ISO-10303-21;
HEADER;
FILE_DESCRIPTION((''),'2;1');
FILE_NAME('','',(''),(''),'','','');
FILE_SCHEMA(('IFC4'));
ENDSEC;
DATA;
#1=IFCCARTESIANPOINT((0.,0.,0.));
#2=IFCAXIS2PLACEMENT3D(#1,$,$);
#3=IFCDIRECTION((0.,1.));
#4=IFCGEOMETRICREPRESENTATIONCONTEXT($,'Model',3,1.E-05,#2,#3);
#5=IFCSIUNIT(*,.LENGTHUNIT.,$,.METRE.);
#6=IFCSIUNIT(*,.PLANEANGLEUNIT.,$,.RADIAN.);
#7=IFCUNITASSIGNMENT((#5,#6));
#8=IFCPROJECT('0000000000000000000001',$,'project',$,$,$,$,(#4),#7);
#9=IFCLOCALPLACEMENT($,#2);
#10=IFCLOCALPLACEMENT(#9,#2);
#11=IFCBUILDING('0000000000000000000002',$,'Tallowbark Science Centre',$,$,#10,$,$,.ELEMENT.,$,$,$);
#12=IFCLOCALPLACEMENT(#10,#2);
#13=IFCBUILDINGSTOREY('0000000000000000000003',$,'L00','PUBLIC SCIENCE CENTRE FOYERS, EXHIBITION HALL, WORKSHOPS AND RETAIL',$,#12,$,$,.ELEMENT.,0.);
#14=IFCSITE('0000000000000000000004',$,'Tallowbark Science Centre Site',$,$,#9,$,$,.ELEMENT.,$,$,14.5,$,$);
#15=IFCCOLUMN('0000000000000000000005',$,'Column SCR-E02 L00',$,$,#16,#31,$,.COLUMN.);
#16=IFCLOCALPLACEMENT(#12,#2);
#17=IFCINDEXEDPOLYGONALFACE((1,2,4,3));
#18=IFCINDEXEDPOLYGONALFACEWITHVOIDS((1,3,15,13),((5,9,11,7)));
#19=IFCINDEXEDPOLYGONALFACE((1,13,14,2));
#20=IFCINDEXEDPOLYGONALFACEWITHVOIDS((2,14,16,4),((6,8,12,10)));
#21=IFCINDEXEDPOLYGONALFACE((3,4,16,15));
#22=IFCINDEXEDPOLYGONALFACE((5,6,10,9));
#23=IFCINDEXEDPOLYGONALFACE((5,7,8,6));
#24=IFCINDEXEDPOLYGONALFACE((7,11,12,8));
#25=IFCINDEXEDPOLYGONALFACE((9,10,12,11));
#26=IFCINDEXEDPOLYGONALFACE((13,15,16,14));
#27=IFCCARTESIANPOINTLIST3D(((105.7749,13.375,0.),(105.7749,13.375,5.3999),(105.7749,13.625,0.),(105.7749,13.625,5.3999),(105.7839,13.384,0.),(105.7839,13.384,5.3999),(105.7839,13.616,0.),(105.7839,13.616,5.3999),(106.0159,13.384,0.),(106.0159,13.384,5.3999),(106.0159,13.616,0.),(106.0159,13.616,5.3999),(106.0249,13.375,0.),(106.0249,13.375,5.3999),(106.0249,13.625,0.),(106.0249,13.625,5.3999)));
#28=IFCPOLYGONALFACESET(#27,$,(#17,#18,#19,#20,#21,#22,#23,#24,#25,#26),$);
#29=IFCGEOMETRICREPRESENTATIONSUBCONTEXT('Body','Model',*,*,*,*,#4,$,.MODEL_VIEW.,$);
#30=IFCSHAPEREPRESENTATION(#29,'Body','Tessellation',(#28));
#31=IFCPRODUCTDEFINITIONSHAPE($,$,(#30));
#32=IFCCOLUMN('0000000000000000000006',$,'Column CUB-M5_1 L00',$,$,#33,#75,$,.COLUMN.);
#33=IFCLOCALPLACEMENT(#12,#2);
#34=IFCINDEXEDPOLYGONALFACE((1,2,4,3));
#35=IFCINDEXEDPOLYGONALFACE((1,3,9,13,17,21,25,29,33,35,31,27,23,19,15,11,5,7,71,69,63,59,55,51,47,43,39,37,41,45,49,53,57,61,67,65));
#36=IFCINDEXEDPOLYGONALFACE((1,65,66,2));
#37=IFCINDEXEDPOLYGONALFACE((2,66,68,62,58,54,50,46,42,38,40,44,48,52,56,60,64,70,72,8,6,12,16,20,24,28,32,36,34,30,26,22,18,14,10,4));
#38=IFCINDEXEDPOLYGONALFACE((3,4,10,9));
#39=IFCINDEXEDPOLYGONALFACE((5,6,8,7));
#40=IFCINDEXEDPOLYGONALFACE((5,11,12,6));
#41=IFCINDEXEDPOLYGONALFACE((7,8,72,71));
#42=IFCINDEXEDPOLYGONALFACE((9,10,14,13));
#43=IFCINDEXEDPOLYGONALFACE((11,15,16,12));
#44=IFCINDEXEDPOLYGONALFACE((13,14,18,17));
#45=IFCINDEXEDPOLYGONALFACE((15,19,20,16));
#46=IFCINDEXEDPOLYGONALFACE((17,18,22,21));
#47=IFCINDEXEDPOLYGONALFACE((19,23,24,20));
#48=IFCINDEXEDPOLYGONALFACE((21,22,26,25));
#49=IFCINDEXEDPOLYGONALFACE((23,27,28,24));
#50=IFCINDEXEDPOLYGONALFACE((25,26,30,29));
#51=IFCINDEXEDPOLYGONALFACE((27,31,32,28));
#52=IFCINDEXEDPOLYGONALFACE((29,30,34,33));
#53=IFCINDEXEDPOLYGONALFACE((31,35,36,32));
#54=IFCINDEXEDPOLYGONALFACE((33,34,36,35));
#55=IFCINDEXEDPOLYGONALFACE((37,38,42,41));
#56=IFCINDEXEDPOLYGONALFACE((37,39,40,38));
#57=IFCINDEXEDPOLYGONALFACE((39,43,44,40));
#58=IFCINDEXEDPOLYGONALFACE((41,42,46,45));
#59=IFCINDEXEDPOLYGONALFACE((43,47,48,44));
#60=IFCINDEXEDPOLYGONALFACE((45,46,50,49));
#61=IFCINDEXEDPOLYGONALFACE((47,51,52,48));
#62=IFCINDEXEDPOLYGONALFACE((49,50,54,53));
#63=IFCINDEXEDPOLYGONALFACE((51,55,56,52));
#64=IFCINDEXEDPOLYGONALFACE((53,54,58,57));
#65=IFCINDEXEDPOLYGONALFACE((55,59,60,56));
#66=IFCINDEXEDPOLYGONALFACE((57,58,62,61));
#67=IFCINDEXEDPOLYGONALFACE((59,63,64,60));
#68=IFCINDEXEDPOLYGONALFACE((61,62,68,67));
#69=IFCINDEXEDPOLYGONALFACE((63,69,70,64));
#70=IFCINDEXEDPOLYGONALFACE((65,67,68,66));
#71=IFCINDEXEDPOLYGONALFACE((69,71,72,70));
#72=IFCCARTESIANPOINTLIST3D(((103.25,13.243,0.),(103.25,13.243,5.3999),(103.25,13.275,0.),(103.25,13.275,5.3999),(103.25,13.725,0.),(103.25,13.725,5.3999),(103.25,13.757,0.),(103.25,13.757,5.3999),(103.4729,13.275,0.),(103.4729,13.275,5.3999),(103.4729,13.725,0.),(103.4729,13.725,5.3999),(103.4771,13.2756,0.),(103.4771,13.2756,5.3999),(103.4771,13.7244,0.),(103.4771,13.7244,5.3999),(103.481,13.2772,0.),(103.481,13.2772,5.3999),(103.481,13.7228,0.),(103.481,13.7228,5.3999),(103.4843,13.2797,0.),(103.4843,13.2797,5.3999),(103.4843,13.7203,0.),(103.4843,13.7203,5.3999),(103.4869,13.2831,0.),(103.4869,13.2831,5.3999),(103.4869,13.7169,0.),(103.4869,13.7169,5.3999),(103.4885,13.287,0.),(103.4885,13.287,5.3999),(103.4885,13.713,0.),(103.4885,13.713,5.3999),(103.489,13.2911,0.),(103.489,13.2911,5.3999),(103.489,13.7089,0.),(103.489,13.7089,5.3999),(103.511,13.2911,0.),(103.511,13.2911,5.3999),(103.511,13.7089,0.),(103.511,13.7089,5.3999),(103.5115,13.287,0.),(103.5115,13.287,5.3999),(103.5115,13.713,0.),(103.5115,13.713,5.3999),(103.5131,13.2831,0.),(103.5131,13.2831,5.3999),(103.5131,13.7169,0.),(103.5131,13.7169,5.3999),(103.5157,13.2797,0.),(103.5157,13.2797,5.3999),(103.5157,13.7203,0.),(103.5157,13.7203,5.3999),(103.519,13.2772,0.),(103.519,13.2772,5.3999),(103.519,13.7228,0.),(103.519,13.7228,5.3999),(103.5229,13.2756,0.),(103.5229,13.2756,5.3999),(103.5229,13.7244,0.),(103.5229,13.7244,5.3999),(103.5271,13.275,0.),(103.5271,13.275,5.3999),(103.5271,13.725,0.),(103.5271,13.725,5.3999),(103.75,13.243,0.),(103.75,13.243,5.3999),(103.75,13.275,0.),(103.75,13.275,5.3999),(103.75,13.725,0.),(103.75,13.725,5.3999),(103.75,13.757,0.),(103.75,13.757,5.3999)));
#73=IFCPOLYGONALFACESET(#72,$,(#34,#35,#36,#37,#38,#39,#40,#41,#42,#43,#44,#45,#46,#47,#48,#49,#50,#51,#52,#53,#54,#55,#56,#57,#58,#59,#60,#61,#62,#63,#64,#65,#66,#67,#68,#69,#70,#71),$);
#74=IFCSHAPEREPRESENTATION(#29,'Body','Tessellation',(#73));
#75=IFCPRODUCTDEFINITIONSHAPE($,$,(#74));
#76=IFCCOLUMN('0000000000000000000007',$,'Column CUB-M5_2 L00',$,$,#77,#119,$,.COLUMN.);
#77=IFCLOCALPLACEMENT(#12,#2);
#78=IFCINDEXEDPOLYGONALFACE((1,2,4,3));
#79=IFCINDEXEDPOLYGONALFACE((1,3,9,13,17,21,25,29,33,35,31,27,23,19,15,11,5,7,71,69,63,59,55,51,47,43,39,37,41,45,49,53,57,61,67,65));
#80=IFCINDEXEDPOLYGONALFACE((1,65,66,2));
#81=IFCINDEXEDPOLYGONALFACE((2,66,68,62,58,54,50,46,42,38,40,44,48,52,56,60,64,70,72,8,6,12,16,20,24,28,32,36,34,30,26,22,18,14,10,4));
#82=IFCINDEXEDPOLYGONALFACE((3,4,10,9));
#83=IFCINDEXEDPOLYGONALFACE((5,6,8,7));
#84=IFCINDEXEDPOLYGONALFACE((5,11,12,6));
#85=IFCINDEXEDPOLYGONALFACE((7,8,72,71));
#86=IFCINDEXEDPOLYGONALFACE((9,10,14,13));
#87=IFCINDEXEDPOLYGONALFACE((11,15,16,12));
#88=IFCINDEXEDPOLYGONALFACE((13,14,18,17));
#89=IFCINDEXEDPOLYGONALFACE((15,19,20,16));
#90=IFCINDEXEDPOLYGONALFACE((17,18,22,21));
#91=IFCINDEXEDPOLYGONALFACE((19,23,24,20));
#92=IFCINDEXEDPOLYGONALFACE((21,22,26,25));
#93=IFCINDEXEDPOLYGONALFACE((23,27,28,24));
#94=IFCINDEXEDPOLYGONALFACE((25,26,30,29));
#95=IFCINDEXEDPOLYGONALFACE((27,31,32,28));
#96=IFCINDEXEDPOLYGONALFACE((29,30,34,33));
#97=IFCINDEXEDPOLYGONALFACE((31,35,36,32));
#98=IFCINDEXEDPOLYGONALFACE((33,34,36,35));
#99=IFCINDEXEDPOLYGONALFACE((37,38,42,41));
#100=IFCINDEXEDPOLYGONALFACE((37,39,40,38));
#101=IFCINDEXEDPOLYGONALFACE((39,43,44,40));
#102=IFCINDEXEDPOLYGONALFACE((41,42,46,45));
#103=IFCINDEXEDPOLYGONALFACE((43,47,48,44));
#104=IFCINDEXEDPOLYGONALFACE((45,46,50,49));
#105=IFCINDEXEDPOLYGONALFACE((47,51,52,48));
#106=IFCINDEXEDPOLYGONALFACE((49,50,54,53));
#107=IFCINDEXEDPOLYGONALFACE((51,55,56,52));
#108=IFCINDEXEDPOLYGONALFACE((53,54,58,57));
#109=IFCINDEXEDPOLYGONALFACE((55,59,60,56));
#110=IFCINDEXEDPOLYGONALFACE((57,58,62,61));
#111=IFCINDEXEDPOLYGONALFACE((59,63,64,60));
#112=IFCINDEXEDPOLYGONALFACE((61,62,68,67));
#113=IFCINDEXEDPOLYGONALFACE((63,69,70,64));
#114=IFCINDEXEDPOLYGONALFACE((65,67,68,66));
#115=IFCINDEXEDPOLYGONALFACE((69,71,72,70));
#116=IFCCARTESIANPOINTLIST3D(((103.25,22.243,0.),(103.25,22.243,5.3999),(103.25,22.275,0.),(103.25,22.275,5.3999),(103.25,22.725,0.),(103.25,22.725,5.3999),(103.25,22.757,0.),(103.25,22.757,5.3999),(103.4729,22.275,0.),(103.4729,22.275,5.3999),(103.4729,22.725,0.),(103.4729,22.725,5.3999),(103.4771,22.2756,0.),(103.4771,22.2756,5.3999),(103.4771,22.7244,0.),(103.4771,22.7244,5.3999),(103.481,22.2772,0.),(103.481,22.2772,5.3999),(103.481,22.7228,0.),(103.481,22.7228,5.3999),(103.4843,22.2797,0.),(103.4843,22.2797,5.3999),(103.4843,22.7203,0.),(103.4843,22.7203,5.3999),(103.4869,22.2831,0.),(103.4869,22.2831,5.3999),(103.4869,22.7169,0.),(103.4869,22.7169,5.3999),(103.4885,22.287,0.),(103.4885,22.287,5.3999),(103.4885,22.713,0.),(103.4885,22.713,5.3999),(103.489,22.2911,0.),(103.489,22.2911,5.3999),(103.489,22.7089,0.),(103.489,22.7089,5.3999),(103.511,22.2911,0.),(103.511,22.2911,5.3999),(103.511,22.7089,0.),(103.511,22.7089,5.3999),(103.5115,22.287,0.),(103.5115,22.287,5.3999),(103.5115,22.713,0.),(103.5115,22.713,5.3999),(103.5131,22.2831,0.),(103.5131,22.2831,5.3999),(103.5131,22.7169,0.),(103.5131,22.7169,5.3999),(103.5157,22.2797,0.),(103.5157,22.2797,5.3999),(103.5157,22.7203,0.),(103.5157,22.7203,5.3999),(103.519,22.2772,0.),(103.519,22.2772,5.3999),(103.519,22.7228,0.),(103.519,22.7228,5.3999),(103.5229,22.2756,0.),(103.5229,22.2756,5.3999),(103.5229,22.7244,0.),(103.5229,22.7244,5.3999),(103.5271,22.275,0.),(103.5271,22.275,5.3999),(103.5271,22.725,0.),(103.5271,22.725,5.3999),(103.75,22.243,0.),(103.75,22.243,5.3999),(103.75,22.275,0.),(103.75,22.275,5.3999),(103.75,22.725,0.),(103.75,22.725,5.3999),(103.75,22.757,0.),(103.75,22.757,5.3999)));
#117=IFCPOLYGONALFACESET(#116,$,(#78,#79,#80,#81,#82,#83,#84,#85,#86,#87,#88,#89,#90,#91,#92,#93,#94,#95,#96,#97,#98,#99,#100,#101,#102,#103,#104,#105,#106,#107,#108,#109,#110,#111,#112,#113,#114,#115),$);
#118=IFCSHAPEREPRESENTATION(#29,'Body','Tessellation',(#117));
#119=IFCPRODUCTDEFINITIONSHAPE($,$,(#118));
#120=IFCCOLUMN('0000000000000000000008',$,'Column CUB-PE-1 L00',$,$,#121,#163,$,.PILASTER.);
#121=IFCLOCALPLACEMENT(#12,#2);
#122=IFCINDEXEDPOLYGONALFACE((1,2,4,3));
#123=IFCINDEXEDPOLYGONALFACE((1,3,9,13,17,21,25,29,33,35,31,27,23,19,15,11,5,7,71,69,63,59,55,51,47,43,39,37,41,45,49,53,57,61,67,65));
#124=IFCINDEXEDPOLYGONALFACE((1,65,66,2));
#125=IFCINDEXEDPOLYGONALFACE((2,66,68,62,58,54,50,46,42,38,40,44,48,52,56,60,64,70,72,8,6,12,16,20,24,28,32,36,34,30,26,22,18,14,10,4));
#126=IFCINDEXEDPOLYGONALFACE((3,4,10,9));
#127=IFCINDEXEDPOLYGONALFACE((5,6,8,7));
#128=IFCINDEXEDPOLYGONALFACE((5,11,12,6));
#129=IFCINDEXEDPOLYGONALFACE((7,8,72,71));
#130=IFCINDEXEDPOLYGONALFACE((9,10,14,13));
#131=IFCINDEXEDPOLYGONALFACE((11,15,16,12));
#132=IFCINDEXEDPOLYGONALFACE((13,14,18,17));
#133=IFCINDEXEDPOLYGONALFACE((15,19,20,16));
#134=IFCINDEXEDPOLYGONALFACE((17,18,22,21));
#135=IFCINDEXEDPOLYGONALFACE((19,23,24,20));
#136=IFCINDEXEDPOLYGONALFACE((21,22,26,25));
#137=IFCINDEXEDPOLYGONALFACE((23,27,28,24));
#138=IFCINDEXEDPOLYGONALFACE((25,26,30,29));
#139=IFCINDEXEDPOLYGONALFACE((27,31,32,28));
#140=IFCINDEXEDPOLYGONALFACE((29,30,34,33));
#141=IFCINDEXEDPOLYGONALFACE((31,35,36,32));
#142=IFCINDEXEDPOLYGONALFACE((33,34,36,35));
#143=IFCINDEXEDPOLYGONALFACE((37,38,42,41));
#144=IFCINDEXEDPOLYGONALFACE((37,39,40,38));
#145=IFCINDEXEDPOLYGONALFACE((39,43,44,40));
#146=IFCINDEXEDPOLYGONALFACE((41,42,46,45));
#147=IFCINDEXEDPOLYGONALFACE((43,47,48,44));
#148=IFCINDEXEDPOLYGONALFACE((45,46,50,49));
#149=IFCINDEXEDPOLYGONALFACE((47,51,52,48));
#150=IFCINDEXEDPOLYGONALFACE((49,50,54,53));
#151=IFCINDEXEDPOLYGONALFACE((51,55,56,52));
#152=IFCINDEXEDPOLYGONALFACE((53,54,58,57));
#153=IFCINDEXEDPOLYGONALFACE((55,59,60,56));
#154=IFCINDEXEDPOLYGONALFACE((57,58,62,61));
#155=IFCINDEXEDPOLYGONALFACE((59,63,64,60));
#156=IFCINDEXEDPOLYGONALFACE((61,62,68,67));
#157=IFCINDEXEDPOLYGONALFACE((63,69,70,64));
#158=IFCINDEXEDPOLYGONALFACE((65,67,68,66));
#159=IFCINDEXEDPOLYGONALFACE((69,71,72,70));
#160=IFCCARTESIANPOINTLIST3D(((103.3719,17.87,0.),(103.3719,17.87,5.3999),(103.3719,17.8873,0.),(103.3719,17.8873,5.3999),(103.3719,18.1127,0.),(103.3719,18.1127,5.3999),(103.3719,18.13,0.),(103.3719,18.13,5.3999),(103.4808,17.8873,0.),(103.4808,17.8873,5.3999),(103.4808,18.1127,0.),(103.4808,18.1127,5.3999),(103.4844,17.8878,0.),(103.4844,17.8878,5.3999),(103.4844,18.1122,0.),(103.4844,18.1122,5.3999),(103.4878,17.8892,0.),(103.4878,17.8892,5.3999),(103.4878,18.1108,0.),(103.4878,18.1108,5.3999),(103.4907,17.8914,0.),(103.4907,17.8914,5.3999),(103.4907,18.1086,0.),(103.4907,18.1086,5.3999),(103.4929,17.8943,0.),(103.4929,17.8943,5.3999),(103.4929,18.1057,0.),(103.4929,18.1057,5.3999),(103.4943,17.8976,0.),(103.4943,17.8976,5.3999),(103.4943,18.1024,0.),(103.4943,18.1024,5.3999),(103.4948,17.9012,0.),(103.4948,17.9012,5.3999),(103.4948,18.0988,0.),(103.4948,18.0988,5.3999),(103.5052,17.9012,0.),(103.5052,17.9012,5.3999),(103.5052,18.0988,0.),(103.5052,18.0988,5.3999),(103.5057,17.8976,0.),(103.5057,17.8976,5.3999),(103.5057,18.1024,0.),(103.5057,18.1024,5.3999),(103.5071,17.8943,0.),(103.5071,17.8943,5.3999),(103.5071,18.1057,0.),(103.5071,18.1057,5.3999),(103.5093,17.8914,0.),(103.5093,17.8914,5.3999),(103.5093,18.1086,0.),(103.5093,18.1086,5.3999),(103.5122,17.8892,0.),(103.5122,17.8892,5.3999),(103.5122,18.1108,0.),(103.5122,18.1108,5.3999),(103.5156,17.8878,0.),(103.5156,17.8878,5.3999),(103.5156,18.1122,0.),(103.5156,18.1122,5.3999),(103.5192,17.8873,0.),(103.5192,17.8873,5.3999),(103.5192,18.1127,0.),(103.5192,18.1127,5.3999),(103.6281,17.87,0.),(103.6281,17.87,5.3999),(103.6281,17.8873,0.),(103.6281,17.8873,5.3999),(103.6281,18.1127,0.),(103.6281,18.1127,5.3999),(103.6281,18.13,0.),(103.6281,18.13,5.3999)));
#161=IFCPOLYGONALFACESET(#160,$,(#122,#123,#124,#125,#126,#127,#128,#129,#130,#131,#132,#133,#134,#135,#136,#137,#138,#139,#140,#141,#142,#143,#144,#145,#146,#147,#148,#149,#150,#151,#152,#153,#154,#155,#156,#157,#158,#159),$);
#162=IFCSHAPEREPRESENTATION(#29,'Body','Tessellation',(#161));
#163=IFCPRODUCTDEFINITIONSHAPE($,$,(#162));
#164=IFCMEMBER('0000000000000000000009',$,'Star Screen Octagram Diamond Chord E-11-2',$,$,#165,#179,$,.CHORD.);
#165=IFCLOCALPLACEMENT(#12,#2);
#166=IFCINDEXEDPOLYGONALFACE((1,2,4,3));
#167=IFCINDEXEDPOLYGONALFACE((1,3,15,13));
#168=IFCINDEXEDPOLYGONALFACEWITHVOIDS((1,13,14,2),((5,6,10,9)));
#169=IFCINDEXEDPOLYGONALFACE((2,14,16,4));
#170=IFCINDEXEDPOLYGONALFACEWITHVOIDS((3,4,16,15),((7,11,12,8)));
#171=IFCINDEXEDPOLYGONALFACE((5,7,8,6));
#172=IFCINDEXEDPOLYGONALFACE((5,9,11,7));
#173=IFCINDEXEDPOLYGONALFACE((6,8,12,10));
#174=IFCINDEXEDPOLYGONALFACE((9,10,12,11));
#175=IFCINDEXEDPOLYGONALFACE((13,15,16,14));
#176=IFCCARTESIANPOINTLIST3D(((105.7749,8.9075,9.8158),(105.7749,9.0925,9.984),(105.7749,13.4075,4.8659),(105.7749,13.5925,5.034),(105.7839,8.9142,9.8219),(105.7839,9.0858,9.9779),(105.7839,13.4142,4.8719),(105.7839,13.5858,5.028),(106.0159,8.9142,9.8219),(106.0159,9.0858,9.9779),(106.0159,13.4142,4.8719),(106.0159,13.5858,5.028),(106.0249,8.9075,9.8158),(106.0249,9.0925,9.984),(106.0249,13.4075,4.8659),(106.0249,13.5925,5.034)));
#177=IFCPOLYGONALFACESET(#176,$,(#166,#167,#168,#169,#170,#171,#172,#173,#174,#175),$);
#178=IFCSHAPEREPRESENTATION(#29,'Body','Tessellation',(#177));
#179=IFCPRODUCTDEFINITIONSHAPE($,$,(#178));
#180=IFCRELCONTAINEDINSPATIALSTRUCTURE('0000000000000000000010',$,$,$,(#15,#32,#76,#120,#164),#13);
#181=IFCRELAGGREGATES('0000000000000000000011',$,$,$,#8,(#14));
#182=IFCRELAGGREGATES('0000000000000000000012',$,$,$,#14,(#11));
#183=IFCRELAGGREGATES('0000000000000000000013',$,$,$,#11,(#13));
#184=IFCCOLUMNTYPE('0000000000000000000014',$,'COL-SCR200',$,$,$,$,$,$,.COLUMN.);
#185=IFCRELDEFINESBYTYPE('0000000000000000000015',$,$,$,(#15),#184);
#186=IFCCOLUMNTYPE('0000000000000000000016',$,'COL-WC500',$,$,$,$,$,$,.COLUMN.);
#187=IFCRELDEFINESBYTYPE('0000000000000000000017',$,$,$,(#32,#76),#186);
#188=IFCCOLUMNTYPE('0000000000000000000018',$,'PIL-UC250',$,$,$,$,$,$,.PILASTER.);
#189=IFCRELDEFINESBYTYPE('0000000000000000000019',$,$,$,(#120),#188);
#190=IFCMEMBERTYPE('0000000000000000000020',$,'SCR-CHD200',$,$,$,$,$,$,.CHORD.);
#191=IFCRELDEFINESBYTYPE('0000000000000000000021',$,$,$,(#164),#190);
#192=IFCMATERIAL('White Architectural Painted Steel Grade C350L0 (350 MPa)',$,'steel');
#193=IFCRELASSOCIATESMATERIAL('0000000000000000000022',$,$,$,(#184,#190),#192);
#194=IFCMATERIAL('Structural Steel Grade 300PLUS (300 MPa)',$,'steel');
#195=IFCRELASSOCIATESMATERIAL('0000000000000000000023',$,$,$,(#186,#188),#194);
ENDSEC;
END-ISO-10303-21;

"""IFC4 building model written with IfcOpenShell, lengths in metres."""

from ifc_helpers import new_model, si_unit, direction, frame, origin, origin_2d, place, context, subcontext, project, spatial, hollow_rectangle, i_section, extrude, material, material_profile, profile_set, type_object, element, save


model = new_model("IFC4")

# Units and contexts
model_context = context("Model", 3, precision=1e-05, world=origin(), true_north=direction((0.0, 1.0)))
body_context = subcontext(model_context, "Body", "Model", "MODEL_VIEW")
ifc_project = project(units=[si_unit("LENGTHUNIT", "METRE"), si_unit("PLANEANGLEUNIT", "RADIAN")], contexts=[model_context])

# Site, building, storey
site_placement = place(None, origin())
site = spatial("IfcSite", under=ifc_project, at=site_placement, Name="Tallowbark Science Centre Site", CompositionType="ELEMENT", RefElevation=14.5)
building_placement = place(site_placement, origin())
building = spatial("IfcBuilding", under=site, at=building_placement, Name="Tallowbark Science Centre", CompositionType="ELEMENT")
storey_placement = place(building_placement, origin())
storey = spatial("IfcBuildingStorey", under=building, at=storey_placement, Name="L00", Description="PUBLIC SCIENCE CENTRE FOYERS, EXHIBITION HALL, WORKSHOPS AND RETAIL", CompositionType="ELEMENT", Elevation=0.0)

# Columns
ifc_material_1 = material(Name="White Architectural Painted Steel Grade C350L0 (350 MPa)", Category="steel")
ifc_material_profile_1 = material_profile(ifc_material_1, hollow_rectangle(XDim=0.25, YDim=0.25, WallThickness=0.009, at=origin_2d()), Name="250x250x9.0SHS")
ifc_profile_set_1 = profile_set([ifc_material_profile_1], Name="White Architectural Painted Steel Grade C350L0 (350 MPa)")
column_type_1 = type_object("IfcColumnType", Name="COL-SCR200", PredefinedType="COLUMN", material=ifc_profile_set_1)
column_1_placement = place(storey_placement, frame((105.8999, 13.5, 0.0), z_axis=(0.0, 0.0, 1.0), x_axis=(1.0, 0.0, 0.0)))
element("IfcColumn", 1, at=column_1_placement, inside=storey, type_object=column_type_1, Name="Column SCR-E02 L00", PredefinedType="COLUMN", context=body_context, shape_type="SweptSolid", body=[
    extrude(hollow_rectangle(XDim=0.25, YDim=0.25, WallThickness=0.009, at=origin_2d()), origin(), (0.0, 0.0, 1.0), 5.3999),
])
ifc_material_2 = material(Name="Structural Steel Grade 300PLUS (300 MPa)", Category="steel")
ifc_material_profile_2 = material_profile(ifc_material_2, i_section(OverallWidth=0.5, OverallDepth=0.5139, WebThickness=0.022, FlangeThickness=0.032, FilletRadius=0.0161, at=origin_2d()), Name="500WC340")
ifc_profile_set_2 = profile_set([ifc_material_profile_2], Name="Structural Steel Grade 300PLUS (300 MPa)")
column_type_2 = type_object("IfcColumnType", Name="COL-WC500", PredefinedType="COLUMN", material=ifc_profile_set_2)
for number, where, z_axis, x_axis, name in (
    (2, (103.5, 13.5, 0.0), (0.0, 0.0, 1.0), (1.0, 0.0, 0.0), "Column CUB-M5_1 L00"),
    (3, (103.5, 22.5, 0.0), (0.0, 0.0, 1.0), (1.0, 0.0, 0.0), "Column CUB-M5_2 L00"),
):
    element("IfcColumn", number, at=place(storey_placement, frame(where, z_axis=z_axis, x_axis=x_axis)), inside=storey, type_object=column_type_2, Name=name, PredefinedType="COLUMN", context=body_context, shape_type="SweptSolid", body=[
        extrude(i_section(OverallWidth=0.5, OverallDepth=0.5139, WebThickness=0.022, FlangeThickness=0.032, FilletRadius=0.0161, at=origin_2d()), origin(), (0.0, 0.0, 1.0), 5.3999),
    ])
ifc_material_profile_3 = material_profile(ifc_material_2, i_section(OverallWidth=0.2561, OverallDepth=0.26, WebThickness=0.0105, FlangeThickness=0.0173, FilletRadius=0.0139, at=origin_2d()), Name="250UC89.5")
ifc_profile_set_3 = profile_set([ifc_material_profile_3], Name="Structural Steel Grade 300PLUS (300 MPa)")
column_type_3 = type_object("IfcColumnType", Name="PIL-UC250", PredefinedType="PILASTER", material=ifc_profile_set_3)
column_2_placement = place(storey_placement, frame((103.5, 18.0, 0.0), z_axis=(0.0, 0.0, 1.0), x_axis=(1.0, 0.0, 0.0)))
element("IfcColumn", 4, at=column_2_placement, inside=storey, type_object=column_type_3, Name="Column CUB-PE-1 L00", PredefinedType="PILASTER", context=body_context, shape_type="SweptSolid", body=[
    extrude(i_section(OverallWidth=0.2561, OverallDepth=0.26, WebThickness=0.0105, FlangeThickness=0.0173, FilletRadius=0.0139, at=origin_2d()), origin(), (0.0, 0.0, 1.0), 5.3999),
])

# Member
ifc_material_profile_4 = material_profile(ifc_material_1, hollow_rectangle(XDim=0.25, YDim=0.25, WallThickness=0.009, at=origin_2d()), Name="250x250x9.0SHS")
ifc_profile_set_4 = profile_set([ifc_material_profile_4], Name="White Architectural Painted Steel Grade C350L0 (350 MPa)")
member_type_1 = type_object("IfcMemberType", Name="SCR-CHD200", PredefinedType="CHORD", material=ifc_profile_set_4)
member_1_placement = place(storey_placement, frame((105.8999, 13.5, 4.95), z_axis=(0.0, -0.672676, 0.739937), x_axis=(1.0, 0.0, 0.0)))
element("IfcMember", 5, at=member_1_placement, inside=storey, type_object=member_type_1, Name="Star Screen Octagram Diamond Chord E-11-2", PredefinedType="CHORD", context=body_context, shape_type="SweptSolid", body=[
    extrude(hollow_rectangle(XDim=0.25, YDim=0.25, WallThickness=0.009, at=origin_2d()), origin(), (0.0, 0.0, 1.0), 6.6897),
])

save(model, "model.ifc")
